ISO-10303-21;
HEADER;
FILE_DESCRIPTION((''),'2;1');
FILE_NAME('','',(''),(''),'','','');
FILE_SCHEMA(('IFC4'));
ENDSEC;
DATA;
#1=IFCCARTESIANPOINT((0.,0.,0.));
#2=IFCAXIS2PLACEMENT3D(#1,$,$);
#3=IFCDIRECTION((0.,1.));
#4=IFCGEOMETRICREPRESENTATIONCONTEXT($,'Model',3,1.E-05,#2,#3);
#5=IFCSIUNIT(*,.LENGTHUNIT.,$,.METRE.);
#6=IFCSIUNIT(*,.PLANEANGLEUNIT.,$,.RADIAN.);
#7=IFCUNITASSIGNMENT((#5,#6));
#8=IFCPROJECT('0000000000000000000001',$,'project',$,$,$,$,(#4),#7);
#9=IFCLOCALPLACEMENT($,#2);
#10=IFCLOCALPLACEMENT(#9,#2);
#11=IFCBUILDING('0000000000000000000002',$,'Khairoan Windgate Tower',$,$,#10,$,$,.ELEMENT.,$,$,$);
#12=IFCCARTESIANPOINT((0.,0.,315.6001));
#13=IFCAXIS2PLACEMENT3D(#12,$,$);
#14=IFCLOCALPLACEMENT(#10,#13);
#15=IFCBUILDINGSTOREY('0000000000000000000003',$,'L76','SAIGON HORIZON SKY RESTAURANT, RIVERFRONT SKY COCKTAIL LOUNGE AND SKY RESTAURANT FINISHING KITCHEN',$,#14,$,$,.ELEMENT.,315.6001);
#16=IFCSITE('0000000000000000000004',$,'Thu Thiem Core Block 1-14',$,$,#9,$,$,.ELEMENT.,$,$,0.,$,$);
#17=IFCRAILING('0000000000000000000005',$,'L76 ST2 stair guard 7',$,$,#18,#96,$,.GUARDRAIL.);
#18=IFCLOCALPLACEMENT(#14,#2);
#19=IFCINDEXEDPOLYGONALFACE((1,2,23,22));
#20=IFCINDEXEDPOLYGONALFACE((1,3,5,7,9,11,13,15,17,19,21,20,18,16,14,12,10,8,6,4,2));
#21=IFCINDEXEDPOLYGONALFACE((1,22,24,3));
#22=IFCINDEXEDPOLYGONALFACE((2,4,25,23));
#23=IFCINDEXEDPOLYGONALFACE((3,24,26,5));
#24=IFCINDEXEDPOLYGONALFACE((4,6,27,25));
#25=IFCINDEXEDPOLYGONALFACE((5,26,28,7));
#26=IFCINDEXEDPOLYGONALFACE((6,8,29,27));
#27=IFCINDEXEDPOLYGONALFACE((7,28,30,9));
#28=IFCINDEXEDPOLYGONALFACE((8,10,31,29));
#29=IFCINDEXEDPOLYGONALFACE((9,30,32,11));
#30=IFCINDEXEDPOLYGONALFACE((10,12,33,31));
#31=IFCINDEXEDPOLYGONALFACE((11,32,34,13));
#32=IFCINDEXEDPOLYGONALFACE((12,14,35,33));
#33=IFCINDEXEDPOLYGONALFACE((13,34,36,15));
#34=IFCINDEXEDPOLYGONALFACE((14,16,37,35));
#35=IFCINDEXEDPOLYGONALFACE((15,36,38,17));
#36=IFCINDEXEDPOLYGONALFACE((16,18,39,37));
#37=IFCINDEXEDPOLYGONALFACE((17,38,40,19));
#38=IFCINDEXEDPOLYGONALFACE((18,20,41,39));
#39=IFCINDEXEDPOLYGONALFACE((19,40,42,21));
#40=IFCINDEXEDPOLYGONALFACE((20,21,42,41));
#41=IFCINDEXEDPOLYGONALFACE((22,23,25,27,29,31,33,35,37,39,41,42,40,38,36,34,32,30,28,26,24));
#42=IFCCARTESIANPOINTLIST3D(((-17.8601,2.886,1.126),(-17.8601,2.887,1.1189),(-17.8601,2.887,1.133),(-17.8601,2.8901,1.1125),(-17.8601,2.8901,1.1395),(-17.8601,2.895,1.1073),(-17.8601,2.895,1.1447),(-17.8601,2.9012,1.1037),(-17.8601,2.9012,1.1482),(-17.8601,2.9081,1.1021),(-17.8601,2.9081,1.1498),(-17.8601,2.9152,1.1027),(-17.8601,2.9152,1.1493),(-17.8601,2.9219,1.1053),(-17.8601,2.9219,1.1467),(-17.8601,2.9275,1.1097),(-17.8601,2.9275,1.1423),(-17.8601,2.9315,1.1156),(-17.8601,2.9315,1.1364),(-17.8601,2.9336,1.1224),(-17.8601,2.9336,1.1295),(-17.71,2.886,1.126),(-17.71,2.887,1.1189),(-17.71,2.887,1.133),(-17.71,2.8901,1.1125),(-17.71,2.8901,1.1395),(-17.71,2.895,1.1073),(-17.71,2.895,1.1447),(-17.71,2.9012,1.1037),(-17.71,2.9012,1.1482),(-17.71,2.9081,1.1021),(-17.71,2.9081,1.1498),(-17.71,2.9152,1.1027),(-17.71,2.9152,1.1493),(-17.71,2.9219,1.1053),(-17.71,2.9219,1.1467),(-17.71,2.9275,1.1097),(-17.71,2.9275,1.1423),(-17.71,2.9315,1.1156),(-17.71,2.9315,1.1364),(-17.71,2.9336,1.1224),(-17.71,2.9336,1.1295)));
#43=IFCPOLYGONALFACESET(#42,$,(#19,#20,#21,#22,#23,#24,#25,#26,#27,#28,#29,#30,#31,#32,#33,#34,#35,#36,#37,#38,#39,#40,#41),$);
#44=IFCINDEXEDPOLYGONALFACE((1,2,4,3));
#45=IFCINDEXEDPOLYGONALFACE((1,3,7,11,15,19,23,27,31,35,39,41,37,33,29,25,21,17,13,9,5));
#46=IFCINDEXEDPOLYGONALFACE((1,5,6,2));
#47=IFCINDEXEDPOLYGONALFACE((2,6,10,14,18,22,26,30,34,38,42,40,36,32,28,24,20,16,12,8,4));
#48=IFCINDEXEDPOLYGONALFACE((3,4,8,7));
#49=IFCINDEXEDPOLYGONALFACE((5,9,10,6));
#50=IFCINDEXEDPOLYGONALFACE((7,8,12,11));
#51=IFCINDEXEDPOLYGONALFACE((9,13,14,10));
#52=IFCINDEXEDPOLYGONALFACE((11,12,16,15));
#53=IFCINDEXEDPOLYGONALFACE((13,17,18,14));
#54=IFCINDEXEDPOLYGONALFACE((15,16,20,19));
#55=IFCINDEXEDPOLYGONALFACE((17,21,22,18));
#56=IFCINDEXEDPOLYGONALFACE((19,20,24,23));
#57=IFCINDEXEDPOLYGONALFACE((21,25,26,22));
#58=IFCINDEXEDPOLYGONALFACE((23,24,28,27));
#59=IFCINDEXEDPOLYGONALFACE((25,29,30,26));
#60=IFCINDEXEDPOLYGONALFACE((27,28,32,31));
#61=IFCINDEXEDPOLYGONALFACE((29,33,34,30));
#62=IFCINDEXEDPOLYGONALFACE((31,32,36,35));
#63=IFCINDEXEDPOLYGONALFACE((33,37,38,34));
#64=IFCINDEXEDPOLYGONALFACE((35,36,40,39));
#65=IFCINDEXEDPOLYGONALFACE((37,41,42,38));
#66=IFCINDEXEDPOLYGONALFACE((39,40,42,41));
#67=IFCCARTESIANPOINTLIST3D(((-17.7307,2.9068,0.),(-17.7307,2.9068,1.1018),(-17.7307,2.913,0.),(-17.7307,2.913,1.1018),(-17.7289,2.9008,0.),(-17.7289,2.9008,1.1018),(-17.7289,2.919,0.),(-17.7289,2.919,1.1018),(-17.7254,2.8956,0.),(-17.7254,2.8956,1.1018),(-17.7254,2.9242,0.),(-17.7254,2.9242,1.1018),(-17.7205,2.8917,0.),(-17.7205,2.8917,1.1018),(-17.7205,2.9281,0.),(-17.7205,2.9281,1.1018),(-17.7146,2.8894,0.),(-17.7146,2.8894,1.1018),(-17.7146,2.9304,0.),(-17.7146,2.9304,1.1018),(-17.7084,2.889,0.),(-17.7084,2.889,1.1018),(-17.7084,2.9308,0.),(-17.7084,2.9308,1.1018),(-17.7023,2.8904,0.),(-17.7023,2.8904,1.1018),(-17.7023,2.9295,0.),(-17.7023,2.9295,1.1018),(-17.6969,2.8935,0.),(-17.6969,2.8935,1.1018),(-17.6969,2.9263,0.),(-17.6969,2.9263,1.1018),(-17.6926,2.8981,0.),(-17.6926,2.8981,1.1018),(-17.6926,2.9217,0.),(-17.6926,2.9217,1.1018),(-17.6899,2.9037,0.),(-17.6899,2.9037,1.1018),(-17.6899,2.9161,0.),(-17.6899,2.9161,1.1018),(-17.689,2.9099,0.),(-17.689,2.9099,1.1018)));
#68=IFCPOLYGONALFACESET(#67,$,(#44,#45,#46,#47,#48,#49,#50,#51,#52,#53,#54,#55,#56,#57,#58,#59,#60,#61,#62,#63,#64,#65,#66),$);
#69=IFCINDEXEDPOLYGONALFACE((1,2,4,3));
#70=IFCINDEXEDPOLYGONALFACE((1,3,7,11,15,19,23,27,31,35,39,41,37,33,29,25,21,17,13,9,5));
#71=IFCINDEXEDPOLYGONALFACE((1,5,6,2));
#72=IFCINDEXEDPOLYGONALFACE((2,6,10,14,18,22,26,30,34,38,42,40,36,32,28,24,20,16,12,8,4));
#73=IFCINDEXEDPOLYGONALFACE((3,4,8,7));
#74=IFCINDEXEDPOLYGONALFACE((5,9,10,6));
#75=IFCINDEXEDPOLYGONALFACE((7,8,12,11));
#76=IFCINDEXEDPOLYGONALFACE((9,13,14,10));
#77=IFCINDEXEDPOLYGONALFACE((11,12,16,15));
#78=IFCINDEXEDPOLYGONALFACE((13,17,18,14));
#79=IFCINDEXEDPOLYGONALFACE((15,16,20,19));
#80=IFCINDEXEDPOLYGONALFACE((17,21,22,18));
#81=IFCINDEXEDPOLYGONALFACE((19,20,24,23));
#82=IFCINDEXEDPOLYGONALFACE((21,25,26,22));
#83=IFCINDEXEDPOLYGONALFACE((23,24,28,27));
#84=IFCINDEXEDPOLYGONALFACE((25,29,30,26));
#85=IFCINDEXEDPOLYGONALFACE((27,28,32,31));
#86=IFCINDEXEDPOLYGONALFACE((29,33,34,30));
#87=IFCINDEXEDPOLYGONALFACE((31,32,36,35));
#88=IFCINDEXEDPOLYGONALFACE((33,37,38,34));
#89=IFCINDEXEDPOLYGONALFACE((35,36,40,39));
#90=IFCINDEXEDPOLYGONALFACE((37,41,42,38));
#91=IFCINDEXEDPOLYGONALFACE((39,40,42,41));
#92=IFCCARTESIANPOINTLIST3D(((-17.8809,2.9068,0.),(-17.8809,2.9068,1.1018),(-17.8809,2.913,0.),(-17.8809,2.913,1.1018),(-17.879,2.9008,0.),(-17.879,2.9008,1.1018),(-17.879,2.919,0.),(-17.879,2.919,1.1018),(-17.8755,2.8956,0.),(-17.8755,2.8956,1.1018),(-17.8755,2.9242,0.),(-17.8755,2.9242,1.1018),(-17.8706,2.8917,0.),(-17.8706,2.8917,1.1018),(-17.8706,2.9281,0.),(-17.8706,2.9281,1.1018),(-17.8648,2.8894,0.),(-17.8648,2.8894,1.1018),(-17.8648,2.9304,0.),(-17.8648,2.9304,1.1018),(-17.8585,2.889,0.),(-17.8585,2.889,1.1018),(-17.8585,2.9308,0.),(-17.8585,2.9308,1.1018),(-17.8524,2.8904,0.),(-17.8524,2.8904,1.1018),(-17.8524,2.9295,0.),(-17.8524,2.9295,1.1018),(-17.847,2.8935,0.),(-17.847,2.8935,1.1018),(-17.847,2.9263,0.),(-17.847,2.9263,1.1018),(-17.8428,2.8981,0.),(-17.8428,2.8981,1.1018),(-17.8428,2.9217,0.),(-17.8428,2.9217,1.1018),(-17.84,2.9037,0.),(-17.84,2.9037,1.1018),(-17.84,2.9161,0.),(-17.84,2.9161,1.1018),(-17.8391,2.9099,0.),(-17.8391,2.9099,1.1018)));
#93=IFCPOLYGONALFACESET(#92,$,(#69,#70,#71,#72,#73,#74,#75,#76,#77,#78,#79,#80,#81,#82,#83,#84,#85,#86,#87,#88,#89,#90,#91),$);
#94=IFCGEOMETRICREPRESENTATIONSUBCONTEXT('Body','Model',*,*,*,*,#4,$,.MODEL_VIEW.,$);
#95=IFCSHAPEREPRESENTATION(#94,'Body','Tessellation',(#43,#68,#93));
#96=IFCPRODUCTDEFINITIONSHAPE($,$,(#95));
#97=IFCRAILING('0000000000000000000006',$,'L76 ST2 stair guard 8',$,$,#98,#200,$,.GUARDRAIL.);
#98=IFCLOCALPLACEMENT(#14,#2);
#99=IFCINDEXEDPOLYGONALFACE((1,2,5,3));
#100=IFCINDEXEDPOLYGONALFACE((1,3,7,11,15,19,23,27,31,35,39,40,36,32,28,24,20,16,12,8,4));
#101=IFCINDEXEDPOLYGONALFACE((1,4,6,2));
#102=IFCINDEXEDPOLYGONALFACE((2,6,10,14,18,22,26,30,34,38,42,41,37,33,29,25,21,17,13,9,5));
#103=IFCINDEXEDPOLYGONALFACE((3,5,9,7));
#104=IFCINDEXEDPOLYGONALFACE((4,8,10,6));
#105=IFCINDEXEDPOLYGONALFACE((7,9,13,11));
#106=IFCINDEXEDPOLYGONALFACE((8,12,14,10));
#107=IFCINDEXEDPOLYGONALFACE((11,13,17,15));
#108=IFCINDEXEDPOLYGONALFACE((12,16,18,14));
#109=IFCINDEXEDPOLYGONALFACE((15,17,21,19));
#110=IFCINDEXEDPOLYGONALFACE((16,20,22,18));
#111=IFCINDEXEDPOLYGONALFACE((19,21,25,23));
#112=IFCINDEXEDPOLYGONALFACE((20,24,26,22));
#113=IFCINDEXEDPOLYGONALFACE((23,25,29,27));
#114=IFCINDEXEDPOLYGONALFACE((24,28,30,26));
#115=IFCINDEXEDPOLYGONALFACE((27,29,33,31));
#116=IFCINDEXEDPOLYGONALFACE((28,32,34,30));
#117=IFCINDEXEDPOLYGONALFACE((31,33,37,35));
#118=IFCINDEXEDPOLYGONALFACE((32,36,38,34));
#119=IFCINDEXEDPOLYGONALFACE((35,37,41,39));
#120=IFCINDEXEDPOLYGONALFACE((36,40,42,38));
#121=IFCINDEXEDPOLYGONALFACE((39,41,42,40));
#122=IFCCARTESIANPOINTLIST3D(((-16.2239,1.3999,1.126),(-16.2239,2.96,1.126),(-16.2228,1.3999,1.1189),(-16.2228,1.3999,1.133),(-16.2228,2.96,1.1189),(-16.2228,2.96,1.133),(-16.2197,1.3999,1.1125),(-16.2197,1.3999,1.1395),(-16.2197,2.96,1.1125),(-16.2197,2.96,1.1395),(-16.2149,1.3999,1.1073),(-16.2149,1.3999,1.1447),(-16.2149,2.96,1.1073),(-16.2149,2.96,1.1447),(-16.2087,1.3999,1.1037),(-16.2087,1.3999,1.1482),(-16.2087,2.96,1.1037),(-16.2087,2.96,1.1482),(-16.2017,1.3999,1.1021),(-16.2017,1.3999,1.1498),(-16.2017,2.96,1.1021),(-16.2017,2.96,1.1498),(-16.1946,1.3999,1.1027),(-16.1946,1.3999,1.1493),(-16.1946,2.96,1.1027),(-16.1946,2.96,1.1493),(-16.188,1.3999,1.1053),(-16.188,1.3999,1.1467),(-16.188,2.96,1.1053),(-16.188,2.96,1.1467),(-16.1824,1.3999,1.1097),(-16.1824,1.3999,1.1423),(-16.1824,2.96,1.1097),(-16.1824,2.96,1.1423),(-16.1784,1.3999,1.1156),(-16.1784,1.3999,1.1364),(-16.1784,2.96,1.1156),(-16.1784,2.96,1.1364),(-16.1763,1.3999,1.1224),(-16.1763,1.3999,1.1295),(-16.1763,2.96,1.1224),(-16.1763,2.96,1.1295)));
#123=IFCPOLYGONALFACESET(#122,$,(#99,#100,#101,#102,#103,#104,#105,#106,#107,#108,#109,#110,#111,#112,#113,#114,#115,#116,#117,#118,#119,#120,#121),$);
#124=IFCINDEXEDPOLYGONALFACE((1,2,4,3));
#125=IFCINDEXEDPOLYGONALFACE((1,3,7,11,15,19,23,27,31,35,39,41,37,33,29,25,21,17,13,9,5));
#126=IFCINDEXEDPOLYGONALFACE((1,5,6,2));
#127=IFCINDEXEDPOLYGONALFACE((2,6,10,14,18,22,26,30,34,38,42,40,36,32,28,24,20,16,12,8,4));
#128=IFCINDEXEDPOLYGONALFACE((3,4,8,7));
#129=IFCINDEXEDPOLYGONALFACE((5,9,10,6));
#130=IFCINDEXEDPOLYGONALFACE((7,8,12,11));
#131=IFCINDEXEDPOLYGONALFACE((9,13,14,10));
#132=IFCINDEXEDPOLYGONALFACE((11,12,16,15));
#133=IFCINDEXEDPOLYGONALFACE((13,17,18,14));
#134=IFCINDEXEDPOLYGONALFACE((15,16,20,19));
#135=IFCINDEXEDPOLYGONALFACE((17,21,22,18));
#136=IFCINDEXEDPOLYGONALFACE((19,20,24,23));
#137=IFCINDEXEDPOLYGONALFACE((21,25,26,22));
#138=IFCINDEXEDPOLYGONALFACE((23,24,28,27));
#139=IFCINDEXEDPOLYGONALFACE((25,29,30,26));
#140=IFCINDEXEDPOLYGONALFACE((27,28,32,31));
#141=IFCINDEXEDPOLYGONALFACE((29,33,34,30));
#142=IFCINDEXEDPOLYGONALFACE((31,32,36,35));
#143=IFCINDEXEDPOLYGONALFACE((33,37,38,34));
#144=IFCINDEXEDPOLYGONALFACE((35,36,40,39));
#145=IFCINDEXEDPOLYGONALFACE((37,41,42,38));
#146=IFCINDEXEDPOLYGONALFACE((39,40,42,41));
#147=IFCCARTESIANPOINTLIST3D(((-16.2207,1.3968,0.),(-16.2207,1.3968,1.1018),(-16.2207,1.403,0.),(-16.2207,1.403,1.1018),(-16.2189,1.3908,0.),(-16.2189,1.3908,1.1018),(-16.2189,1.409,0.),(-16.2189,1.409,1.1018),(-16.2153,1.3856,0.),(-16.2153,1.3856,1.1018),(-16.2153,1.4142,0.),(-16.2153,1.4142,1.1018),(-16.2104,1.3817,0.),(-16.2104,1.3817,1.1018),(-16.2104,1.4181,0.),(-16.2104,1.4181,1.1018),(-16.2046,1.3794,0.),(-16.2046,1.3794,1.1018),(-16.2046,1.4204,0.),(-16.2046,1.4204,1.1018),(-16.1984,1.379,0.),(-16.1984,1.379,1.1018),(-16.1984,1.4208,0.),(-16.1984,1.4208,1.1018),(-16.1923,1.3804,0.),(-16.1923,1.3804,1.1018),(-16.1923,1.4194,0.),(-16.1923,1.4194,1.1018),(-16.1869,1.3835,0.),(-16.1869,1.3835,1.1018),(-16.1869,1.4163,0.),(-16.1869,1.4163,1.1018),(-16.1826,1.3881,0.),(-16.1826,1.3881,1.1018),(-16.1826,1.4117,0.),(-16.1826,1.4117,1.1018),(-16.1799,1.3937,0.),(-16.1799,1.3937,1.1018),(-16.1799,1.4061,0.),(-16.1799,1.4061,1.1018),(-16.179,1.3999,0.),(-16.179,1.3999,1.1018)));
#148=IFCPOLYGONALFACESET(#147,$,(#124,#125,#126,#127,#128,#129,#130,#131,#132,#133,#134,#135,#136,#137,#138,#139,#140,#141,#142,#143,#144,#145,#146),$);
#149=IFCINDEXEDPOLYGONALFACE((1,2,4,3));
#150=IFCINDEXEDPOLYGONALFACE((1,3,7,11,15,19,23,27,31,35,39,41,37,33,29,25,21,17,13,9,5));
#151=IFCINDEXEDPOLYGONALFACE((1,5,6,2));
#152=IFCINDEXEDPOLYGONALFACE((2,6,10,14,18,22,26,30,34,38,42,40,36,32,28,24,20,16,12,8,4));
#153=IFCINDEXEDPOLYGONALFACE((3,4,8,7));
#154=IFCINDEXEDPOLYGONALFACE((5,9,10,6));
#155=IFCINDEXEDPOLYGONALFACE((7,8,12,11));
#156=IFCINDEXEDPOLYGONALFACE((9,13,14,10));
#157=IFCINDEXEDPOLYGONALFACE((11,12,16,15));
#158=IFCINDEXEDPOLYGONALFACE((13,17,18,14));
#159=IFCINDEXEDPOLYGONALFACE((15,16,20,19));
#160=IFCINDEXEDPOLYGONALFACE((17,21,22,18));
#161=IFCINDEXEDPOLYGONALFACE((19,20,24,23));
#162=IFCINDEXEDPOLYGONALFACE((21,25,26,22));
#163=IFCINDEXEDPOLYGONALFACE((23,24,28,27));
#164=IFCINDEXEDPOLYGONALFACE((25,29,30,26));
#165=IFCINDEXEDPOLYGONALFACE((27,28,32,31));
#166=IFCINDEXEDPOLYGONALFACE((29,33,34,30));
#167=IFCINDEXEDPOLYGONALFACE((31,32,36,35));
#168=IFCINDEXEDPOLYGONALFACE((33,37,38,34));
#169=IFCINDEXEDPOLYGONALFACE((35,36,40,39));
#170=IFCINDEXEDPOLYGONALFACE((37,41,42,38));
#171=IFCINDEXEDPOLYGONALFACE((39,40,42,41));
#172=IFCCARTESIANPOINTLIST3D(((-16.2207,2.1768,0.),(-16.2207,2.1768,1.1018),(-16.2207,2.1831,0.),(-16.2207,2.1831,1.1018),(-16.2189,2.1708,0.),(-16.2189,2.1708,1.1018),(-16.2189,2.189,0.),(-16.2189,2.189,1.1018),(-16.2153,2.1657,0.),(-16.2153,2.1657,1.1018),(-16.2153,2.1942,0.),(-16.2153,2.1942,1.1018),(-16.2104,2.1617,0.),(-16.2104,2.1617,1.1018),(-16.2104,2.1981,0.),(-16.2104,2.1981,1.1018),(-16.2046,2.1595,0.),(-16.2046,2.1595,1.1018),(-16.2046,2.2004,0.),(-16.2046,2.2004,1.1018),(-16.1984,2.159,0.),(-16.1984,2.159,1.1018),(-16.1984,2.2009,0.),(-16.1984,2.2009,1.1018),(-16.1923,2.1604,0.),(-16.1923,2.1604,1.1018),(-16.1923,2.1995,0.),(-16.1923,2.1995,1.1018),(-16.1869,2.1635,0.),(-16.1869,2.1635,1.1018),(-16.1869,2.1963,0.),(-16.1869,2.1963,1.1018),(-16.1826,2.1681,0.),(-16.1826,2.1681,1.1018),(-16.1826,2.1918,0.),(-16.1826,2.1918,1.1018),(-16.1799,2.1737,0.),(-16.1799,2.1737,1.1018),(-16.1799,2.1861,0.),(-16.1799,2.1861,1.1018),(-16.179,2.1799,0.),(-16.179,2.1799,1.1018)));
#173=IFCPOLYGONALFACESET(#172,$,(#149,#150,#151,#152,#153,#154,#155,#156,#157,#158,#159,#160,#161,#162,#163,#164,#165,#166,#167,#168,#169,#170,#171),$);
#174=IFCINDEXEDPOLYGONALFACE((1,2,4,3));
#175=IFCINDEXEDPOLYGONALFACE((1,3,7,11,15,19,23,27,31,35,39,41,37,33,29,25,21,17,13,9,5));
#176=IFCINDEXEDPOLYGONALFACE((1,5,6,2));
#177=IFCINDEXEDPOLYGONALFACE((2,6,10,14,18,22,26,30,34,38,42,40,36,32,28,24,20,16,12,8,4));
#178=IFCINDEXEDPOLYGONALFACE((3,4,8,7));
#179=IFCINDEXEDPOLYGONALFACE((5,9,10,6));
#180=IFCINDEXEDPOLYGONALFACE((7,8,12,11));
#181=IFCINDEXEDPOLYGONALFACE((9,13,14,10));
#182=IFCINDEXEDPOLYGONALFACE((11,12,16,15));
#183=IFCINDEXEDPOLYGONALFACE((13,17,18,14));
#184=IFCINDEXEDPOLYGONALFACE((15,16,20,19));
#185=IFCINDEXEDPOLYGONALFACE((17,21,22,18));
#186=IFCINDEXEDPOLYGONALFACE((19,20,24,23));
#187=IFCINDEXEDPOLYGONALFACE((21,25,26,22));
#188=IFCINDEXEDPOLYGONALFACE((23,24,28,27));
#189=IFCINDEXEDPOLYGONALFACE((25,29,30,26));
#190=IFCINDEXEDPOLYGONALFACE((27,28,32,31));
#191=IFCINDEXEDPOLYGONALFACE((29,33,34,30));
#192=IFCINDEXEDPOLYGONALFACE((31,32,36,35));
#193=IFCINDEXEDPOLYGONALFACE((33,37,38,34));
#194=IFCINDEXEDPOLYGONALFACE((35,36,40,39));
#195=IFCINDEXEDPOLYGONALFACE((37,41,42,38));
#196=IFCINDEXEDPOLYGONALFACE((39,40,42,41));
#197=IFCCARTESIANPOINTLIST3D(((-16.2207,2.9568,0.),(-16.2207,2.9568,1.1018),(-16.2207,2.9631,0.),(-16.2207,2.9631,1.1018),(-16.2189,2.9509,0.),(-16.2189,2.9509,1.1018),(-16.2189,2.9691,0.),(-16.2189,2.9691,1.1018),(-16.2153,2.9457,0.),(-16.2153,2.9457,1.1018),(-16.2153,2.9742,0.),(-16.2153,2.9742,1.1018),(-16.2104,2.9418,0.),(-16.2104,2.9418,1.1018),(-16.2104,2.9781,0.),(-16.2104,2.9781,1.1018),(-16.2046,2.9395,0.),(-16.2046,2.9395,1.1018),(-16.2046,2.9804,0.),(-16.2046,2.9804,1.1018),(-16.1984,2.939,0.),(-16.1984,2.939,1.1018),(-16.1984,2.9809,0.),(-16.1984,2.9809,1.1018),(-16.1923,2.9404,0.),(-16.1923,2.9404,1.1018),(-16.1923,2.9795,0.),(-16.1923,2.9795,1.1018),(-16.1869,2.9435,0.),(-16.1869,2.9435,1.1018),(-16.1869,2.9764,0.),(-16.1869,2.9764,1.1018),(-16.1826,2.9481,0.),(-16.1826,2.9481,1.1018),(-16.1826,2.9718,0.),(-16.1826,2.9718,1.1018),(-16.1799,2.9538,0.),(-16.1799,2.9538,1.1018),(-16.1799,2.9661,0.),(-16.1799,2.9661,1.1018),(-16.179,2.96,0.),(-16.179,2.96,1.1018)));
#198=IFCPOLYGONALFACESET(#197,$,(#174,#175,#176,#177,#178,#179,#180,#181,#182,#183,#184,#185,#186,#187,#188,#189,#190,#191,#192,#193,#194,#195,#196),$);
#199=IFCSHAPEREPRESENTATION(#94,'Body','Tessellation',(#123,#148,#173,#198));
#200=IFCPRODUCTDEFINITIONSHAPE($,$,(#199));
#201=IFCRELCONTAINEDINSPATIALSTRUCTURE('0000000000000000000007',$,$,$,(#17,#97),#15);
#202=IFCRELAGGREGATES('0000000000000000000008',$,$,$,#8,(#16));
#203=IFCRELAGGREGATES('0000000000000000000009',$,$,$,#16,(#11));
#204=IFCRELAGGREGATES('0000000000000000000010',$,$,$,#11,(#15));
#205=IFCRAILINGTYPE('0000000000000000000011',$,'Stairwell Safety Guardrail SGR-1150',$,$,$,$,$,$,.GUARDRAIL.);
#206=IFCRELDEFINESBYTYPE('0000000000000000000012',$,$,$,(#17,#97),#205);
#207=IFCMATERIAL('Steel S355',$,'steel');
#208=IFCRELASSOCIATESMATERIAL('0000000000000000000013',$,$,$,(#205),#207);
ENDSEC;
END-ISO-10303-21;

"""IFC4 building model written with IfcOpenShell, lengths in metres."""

from ifc_helpers import new_model, si_unit, direction, frame, origin, origin_2d, place, context, subcontext, project, spatial, circle, extrude, material, type_object, element, save


model = new_model("IFC4")

# Units and contexts
model_context = context("Model", 3, precision=1e-05, world=origin(), true_north=direction((0.0, 1.0)))
body_context = subcontext(model_context, "Body", "Model", "MODEL_VIEW")
ifc_project = project(units=[si_unit("LENGTHUNIT", "METRE"), si_unit("PLANEANGLEUNIT", "RADIAN")], contexts=[model_context])

# Site, building, storey
site_placement = place(None, origin())
site = spatial("IfcSite", under=ifc_project, at=site_placement, Name="Thu Thiem Core Block 1-14", CompositionType="ELEMENT", RefElevation=0.0)
building_placement = place(site_placement, origin())
building = spatial("IfcBuilding", under=site, at=building_placement, Name="Khairoan Windgate Tower", CompositionType="ELEMENT")
storey_placement = place(building_placement, frame((0.0, 0.0, 315.6001)))
storey = spatial("IfcBuildingStorey", under=building, at=storey_placement, Name="L76", Description="SAIGON HORIZON SKY RESTAURANT, RIVERFRONT SKY COCKTAIL LOUNGE AND SKY RESTAURANT FINISHING KITCHEN", CompositionType="ELEMENT", Elevation=315.6001)

# Railings
ifc_material_1 = material(Name="Steel S355", Category="steel")
railing_type_1 = type_object("IfcRailingType", Name="Stairwell Safety Guardrail SGR-1150", PredefinedType="GUARDRAIL", material=ifc_material_1)
railing_1_placement = place(storey_placement, frame((-17.71, 2.9099, 0.0)))
element("IfcRailing", 1, at=railing_1_placement, inside=storey, type_object=railing_type_1, Name="L76 ST2 stair guard 7", PredefinedType="GUARDRAIL", context=body_context, shape_type="SweptSolid", body=[
    extrude(circle(Radius=0.0239, at=origin_2d()), frame((0.0, 0.0, 1.126), z_axis=(-1.0, 0.0, 0.0), x_axis=(0.0, -1.0, 0.0)), (0.0, 0.0, 1.0), 0.1501),
    extrude(circle(Radius=0.021, at=origin_2d()), origin(), (0.0, 0.0, 1.0), 1.1018),
    extrude(circle(Radius=0.021, at=origin_2d()), frame((-0.1501, 0.0, 0.0)), (0.0, 0.0, 1.0), 1.1018),
])
for number, where, name in (
    (2, (-16.2, 1.3999, 0.0), "L76 ST2 stair guard 8"),
):
    element("IfcRailing", number, at=place(storey_placement, frame(where)), inside=storey, type_object=railing_type_1, Name=name, PredefinedType="GUARDRAIL", context=body_context, shape_type="SweptSolid", body=[
        extrude(circle(Radius=0.0239, at=origin_2d()), frame((0.0, 0.0, 1.126), z_axis=(0.0, 1.0, 0.0), x_axis=(-1.0, 0.0, 0.0)), (0.0, 0.0, 1.0), 1.5601),
        extrude(circle(Radius=0.021, at=origin_2d()), origin(), (0.0, 0.0, 1.0), 1.1018),
        extrude(circle(Radius=0.021, at=origin_2d()), frame((0.0, 0.78, 0.0)), (0.0, 0.0, 1.0), 1.1018),
        extrude(circle(Radius=0.021, at=origin_2d()), frame((0.0, 1.5601, 0.0)), (0.0, 0.0, 1.0), 1.1018),
    ])

save(model, "model.ifc")
